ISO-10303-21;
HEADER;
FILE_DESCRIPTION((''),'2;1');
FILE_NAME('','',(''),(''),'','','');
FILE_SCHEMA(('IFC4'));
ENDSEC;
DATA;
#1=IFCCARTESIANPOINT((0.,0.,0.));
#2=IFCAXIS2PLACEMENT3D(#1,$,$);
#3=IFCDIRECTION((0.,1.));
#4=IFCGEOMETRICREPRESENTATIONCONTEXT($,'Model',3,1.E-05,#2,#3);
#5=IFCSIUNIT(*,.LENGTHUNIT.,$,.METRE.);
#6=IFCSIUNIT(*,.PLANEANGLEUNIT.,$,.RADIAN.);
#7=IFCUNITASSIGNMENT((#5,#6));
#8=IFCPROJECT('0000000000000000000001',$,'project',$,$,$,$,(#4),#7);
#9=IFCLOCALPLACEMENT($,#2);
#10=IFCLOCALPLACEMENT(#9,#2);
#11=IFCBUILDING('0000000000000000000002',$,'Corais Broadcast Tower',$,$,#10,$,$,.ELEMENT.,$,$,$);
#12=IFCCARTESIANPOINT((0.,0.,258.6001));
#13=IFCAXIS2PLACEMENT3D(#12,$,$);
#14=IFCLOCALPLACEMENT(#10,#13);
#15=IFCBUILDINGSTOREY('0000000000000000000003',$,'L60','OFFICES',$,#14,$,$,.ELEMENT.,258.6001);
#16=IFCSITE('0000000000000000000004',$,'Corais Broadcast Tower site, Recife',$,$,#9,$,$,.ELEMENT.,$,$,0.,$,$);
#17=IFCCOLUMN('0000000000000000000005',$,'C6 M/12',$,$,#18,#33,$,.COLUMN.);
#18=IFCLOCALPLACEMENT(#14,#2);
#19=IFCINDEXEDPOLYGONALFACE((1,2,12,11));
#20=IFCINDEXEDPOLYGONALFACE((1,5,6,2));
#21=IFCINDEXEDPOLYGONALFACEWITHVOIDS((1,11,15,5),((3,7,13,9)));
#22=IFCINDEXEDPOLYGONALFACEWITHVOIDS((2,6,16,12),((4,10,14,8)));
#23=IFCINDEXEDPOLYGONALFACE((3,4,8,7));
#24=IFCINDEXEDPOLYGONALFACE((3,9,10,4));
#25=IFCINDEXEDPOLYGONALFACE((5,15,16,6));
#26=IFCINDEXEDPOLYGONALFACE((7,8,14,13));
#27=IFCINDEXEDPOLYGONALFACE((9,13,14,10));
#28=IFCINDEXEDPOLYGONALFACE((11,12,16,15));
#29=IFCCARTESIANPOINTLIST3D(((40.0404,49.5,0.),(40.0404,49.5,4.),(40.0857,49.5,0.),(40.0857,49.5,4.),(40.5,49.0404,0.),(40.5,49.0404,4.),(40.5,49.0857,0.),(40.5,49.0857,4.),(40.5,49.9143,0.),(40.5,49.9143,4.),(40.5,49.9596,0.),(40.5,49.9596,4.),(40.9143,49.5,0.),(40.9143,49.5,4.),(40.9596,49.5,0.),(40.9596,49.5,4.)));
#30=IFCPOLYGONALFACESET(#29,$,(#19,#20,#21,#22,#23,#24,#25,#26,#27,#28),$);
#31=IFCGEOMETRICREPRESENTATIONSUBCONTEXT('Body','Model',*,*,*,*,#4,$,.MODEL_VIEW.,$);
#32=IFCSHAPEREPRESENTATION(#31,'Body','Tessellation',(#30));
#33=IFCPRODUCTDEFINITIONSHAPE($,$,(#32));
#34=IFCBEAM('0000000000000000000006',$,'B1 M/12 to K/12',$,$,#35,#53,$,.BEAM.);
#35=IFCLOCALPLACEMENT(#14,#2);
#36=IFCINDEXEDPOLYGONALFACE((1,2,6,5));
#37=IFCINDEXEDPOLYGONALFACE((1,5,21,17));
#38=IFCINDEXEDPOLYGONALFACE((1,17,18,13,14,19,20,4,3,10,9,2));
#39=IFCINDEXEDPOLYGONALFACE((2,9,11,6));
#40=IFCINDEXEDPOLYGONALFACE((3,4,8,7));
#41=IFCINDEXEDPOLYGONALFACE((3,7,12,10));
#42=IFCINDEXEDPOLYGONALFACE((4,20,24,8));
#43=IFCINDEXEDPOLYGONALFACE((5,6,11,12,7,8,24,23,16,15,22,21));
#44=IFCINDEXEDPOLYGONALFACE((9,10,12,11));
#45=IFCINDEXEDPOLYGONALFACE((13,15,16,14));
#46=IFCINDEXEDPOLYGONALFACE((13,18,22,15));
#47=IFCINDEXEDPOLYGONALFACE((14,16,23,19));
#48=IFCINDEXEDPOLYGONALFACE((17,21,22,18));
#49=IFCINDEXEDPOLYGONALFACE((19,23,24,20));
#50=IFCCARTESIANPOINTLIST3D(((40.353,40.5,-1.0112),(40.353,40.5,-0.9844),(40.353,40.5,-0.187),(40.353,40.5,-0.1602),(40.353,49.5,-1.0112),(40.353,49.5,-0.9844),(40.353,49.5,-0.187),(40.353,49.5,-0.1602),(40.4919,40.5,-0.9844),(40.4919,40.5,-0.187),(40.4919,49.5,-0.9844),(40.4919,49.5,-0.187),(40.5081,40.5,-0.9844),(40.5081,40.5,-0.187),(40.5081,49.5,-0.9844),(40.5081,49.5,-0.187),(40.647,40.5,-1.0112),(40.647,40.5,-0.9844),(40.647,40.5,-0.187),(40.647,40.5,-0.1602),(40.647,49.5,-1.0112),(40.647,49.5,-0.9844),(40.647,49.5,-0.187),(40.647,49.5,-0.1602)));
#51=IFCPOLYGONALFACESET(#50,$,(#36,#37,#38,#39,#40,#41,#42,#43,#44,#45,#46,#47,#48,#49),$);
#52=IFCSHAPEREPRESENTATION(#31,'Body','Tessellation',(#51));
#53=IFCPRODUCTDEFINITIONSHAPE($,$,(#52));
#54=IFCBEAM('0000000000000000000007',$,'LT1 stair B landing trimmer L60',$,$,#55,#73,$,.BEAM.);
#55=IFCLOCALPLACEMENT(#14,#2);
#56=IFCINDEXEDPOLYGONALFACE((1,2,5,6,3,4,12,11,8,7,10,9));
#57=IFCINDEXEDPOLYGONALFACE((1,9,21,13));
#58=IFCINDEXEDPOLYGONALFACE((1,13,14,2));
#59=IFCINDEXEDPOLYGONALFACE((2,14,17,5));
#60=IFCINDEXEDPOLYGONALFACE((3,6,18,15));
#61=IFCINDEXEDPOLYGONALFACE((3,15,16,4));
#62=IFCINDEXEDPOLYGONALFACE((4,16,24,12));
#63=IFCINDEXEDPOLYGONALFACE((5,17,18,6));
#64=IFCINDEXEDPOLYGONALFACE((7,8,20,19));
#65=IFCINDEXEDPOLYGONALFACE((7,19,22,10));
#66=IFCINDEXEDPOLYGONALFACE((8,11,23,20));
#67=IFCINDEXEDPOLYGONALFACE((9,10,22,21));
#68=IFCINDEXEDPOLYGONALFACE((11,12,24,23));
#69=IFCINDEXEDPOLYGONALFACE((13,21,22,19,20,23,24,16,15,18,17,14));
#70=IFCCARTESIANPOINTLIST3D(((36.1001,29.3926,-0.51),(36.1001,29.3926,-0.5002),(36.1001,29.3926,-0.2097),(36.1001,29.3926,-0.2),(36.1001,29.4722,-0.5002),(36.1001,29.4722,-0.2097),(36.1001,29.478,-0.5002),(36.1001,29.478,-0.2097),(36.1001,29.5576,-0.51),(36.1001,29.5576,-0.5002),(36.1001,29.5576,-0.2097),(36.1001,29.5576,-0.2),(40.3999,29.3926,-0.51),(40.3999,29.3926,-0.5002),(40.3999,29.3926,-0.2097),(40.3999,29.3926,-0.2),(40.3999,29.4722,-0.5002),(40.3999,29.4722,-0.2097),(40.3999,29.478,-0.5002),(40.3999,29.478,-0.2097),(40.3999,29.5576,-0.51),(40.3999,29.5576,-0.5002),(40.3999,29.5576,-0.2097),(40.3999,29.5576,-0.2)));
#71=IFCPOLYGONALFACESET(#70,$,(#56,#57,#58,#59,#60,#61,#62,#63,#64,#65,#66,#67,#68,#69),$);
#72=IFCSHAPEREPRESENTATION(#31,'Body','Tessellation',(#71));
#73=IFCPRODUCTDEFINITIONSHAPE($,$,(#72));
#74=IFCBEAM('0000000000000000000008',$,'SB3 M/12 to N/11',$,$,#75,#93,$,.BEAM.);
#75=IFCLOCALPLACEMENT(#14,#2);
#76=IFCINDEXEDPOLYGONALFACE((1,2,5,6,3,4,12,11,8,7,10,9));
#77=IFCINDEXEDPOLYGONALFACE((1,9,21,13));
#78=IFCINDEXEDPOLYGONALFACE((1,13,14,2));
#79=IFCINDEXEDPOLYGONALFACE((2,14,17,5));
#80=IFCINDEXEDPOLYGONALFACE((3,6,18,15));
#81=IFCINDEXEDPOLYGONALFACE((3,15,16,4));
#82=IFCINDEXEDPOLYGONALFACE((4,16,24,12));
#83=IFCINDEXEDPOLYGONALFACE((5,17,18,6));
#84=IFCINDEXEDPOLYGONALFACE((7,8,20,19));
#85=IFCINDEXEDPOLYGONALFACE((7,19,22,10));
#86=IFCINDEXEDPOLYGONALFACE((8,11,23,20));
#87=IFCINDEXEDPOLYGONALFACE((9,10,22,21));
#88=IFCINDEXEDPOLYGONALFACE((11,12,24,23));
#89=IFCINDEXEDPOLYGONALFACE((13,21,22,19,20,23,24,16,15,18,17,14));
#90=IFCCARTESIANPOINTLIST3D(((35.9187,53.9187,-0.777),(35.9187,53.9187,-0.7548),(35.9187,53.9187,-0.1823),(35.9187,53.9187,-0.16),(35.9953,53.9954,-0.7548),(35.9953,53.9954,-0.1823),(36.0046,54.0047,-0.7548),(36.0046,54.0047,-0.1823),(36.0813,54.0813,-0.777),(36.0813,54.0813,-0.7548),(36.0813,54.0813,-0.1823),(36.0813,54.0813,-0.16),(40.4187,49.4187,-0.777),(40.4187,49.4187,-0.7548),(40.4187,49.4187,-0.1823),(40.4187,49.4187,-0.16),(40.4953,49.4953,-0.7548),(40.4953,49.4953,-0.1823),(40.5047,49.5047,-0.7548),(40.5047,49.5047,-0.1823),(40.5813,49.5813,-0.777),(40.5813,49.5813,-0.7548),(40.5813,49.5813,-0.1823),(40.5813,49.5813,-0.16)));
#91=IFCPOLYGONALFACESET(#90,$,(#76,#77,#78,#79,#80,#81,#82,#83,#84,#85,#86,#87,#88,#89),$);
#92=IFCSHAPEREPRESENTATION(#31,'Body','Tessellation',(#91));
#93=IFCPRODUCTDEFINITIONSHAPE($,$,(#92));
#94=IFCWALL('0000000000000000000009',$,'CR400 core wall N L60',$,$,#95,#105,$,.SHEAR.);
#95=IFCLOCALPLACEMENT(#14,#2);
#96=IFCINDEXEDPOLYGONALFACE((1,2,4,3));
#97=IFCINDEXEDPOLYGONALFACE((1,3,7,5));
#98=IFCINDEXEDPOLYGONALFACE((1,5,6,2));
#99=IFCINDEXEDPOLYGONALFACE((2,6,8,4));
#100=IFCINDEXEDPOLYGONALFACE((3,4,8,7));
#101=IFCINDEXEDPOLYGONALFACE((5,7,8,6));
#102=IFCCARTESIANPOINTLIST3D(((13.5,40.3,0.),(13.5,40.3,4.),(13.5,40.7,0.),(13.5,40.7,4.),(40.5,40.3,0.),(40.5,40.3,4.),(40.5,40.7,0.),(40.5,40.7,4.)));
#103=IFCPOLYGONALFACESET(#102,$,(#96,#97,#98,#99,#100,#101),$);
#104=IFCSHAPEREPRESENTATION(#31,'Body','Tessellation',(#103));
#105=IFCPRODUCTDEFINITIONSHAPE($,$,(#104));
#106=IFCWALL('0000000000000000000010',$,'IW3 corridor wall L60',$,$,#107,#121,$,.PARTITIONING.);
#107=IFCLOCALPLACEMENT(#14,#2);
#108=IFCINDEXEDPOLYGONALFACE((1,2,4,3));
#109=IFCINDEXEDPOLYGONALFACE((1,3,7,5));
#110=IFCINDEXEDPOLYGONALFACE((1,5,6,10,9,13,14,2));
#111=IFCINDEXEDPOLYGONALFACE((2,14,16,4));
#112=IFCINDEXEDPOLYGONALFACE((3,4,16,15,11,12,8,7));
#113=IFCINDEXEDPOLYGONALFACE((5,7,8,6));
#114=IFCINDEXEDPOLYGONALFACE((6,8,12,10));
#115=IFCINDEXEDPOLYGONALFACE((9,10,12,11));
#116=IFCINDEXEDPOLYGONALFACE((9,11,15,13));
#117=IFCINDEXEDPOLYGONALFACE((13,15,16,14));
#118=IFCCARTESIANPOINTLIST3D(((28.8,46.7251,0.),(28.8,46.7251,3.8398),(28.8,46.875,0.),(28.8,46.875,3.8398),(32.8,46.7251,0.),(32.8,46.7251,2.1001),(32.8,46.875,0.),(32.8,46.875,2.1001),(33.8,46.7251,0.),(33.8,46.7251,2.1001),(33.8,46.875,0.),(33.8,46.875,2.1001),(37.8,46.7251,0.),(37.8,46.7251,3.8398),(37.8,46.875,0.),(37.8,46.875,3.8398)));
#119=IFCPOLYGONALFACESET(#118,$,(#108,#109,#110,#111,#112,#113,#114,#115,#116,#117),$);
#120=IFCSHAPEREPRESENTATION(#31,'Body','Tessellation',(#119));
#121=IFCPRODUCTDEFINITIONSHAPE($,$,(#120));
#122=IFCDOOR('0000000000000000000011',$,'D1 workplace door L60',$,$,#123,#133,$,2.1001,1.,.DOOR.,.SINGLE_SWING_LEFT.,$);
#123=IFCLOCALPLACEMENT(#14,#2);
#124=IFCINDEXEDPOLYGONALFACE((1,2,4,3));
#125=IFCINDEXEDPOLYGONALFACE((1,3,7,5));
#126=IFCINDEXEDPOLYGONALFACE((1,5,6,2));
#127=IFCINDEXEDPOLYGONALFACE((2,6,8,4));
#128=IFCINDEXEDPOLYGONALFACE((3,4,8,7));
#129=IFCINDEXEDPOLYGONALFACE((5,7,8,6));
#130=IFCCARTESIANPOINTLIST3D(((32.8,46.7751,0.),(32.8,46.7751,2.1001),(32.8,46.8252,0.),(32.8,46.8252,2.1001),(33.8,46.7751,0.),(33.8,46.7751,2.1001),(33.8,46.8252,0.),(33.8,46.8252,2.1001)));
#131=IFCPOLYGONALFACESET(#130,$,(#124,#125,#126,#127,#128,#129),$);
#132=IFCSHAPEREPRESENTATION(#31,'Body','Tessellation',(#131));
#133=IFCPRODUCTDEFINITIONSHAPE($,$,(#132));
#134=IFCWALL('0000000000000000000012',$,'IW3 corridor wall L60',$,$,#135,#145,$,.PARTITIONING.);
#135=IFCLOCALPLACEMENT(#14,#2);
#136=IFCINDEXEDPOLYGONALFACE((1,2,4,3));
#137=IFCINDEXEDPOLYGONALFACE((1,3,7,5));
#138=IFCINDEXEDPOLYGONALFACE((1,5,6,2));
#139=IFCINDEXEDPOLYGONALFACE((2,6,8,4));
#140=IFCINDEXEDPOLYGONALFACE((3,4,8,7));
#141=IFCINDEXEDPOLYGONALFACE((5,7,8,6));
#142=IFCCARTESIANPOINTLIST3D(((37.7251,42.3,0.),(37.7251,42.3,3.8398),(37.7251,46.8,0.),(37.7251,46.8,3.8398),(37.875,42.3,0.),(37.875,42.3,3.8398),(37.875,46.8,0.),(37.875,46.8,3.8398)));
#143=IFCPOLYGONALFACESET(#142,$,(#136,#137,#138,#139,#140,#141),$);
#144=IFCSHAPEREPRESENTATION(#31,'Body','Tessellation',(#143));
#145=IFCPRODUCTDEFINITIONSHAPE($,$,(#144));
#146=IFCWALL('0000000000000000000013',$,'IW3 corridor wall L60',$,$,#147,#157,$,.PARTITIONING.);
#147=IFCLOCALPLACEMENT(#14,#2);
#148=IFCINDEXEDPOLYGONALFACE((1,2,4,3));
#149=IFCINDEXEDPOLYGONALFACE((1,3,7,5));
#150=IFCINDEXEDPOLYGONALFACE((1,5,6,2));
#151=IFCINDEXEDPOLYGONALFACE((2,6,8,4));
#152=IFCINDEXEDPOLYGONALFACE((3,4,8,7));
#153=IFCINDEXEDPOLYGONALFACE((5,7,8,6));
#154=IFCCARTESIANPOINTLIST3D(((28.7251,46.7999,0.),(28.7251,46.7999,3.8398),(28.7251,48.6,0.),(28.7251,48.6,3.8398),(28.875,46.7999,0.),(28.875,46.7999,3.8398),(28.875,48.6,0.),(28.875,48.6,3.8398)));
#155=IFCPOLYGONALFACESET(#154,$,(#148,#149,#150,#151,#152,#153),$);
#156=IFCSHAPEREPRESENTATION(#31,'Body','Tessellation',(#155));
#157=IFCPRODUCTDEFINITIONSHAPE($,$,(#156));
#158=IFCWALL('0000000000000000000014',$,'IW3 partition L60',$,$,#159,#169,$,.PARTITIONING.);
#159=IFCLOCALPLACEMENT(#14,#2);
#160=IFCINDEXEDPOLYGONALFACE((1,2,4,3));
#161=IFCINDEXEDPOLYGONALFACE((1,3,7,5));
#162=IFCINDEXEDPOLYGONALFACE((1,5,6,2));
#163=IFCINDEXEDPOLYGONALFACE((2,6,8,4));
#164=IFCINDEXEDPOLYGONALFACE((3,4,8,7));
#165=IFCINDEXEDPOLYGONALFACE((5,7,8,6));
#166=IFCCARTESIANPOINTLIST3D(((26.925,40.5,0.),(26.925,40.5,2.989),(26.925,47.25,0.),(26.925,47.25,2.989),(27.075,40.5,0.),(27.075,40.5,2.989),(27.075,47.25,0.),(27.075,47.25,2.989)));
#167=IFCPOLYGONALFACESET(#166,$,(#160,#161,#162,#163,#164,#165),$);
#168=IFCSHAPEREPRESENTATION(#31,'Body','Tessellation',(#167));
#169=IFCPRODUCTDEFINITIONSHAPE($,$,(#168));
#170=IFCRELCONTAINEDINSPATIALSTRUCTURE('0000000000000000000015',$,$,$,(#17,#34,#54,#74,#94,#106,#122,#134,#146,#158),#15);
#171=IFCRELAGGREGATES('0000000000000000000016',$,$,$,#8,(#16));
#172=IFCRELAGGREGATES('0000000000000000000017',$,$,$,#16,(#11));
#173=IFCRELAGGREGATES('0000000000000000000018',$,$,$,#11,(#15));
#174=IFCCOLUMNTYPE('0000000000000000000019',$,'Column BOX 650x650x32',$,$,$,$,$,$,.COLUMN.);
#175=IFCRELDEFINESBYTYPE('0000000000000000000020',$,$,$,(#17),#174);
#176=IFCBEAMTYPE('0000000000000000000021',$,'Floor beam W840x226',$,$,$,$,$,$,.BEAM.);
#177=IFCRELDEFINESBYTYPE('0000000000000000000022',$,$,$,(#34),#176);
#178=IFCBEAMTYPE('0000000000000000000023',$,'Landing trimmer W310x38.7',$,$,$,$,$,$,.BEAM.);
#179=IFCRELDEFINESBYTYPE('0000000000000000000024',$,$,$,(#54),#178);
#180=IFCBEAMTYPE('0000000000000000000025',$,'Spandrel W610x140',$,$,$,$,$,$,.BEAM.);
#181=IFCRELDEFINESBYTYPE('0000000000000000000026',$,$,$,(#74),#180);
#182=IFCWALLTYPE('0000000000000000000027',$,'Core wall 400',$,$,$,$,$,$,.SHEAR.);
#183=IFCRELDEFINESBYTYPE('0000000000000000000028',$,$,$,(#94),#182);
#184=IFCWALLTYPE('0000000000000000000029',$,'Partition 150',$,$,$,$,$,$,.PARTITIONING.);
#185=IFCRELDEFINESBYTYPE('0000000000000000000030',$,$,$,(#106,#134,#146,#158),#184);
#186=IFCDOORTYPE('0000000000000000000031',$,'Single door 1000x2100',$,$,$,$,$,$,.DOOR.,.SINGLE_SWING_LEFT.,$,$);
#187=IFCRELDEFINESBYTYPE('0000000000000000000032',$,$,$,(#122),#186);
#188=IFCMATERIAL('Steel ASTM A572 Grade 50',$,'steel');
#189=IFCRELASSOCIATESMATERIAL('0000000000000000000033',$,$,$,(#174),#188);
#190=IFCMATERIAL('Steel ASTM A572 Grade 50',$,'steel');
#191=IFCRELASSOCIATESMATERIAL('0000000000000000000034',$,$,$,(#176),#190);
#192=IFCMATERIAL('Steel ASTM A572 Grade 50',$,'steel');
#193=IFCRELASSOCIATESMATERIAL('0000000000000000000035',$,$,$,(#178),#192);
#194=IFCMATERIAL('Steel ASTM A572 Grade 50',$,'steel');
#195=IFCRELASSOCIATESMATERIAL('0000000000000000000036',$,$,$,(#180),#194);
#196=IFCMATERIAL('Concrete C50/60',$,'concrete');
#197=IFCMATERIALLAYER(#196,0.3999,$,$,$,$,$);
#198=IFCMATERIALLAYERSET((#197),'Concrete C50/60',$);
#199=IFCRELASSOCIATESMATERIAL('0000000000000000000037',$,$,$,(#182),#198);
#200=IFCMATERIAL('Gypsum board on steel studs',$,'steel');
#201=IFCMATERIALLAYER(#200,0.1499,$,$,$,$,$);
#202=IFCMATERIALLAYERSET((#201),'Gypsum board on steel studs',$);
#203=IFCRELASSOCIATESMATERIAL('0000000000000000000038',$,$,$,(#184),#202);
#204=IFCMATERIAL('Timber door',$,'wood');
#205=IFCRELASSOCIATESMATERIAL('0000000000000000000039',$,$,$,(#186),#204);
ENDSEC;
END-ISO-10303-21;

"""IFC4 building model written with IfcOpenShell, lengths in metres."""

from ifc_helpers import new_model, si_unit, direction, frame, frame_2d, origin, origin_2d, place, context, subcontext, project, spatial, rectangle, hollow_rectangle, i_section, extrude, material, layer, layer_set, material_profile, profile_set, type_object, element, fill, save


model = new_model("IFC4")

# Units and contexts
model_context = context("Model", 3, precision=1e-05, world=origin(), true_north=direction((0.0, 1.0)))
body_context = subcontext(model_context, "Body", "Model", "MODEL_VIEW")
ifc_project = project(units=[si_unit("LENGTHUNIT", "METRE"), si_unit("PLANEANGLEUNIT", "RADIAN")], contexts=[model_context])

# Site, building, storey
site_placement = place(None, origin())
site = spatial("IfcSite", under=ifc_project, at=site_placement, Name="Corais Broadcast Tower site, Recife", CompositionType="ELEMENT", RefElevation=0.0)
building_placement = place(site_placement, origin())
building = spatial("IfcBuilding", under=site, at=building_placement, Name="Corais Broadcast Tower", CompositionType="ELEMENT")
storey_placement = place(building_placement, frame((0.0, 0.0, 258.6001)))
storey = spatial("IfcBuildingStorey", under=building, at=storey_placement, Name="L60", Description="OFFICES", CompositionType="ELEMENT", Elevation=258.6001)

# Column
ifc_material_1 = material(Name="Steel ASTM A572 Grade 50", Category="steel")
ifc_material_profile_1 = material_profile(ifc_material_1, hollow_rectangle(XDim=0.6499, YDim=0.6499, WallThickness=0.032, at=origin_2d()), Name="BOX 650x650x32")
ifc_profile_set_1 = profile_set([ifc_material_profile_1], Name="Steel ASTM A572 Grade 50")
column_type = type_object("IfcColumnType", Name="Column BOX 650x650x32", PredefinedType="COLUMN", material=ifc_profile_set_1)
column_placement = place(storey_placement, frame((40.5, 49.5, 0.0), z_axis=(0.0, 0.0, 1.0), x_axis=(0.707107, 0.707107, 0.0)))
element("IfcColumn", 1, at=column_placement, inside=storey, type_object=column_type, Name="C6 M/12", PredefinedType="COLUMN", context=body_context, shape_type="SweptSolid", body=[
    extrude(hollow_rectangle(XDim=0.6499, YDim=0.6499, WallThickness=0.032, at=origin_2d()), origin(), (0.0, 0.0, 1.0), 4.0),
])

# Beams
ifc_material_2 = material(Name="Steel ASTM A572 Grade 50", Category="steel")
ifc_material_profile_2 = material_profile(ifc_material_2, i_section(OverallWidth=0.2939, OverallDepth=0.8511, WebThickness=0.0161, FlangeThickness=0.0269, at=origin_2d()), Name="W840x226")
ifc_profile_set_2 = profile_set([ifc_material_profile_2], Name="Steel ASTM A572 Grade 50")
beam_type_1 = type_object("IfcBeamType", Name="Floor beam W840x226", PredefinedType="BEAM", material=ifc_profile_set_2)
beam_1_placement = place(storey_placement, frame((40.5, 49.5, -0.5857), z_axis=(0.0, -1.0, 0.0), x_axis=(1.0, 0.0, 0.0)))
element("IfcBeam", 2, at=beam_1_placement, inside=storey, type_object=beam_type_1, Name="B1 M/12 to K/12", PredefinedType="BEAM", context=body_context, shape_type="SweptSolid", body=[
    extrude(i_section(OverallWidth=0.2939, OverallDepth=0.8511, WebThickness=0.0161, FlangeThickness=0.0269, at=origin_2d()), origin(), (0.0, 0.0, 1.0), 9.0),
])
ifc_material_3 = material(Name="Steel ASTM A572 Grade 50", Category="steel")
ifc_material_profile_3 = material_profile(ifc_material_3, i_section(OverallWidth=0.165, OverallDepth=0.3101, WebThickness=0.0059, FlangeThickness=0.0098, at=origin_2d()), Name="W310x38.7")
ifc_profile_set_3 = profile_set([ifc_material_profile_3], Name="Steel ASTM A572 Grade 50")
beam_type_2 = type_object("IfcBeamType", Name="Landing trimmer W310x38.7", PredefinedType="BEAM", material=ifc_profile_set_3)
beam_2_placement = place(storey_placement, frame((36.1001, 29.4751, -0.355), z_axis=(1.0, 0.0, 0.0), x_axis=(0.0, 1.0, 0.0)))
element("IfcBeam", 3, at=beam_2_placement, inside=storey, type_object=beam_type_2, Name="LT1 stair B landing trimmer L60", PredefinedType="BEAM", context=body_context, shape_type="SweptSolid", body=[
    extrude(i_section(OverallWidth=0.165, OverallDepth=0.3101, WebThickness=0.0059, FlangeThickness=0.0098, at=origin_2d()), origin(), (0.0, 0.0, 1.0), 4.2998),
])
ifc_material_4 = material(Name="Steel ASTM A572 Grade 50", Category="steel")
ifc_material_profile_4 = material_profile(ifc_material_4, i_section(OverallWidth=0.23, OverallDepth=0.6169, WebThickness=0.0132, FlangeThickness=0.0222, at=origin_2d()), Name="W610x140")
ifc_profile_set_4 = profile_set([ifc_material_profile_4], Name="Steel ASTM A572 Grade 50")
beam_type_3 = type_object("IfcBeamType", Name="Spandrel W610x140", PredefinedType="BEAM", material=ifc_profile_set_4)
beam_3_placement = place(storey_placement, frame((40.5, 49.5, -0.4685), z_axis=(-0.707107, 0.707107, 0.0), x_axis=(-0.707107, -0.707107, 0.0)))
element("IfcBeam", 4, at=beam_3_placement, inside=storey, type_object=beam_type_3, Name="SB3 M/12 to N/11", PredefinedType="BEAM", context=body_context, shape_type="SweptSolid", body=[
    extrude(i_section(OverallWidth=0.23, OverallDepth=0.6169, WebThickness=0.0132, FlangeThickness=0.0222, at=origin_2d()), origin(), (0.0, 0.0, 1.0), 6.364),
])

# Wall
ifc_material_5 = material(Name="Concrete C50/60", Category="concrete")
ifc_layer_1 = layer(ifc_material_5, 0.3999)
ifc_layer_set_1 = layer_set([ifc_layer_1], Name="Concrete C50/60")
wall_type_1 = type_object("IfcWallType", Name="Core wall 400", PredefinedType="SHEAR", material=ifc_layer_set_1)
wall_1_placement = place(storey_placement, frame((40.5, 40.5, 0.0), z_axis=(0.0, 0.0, 1.0), x_axis=(-1.0, 0.0, 0.0)))
element("IfcWall", 5, at=wall_1_placement, inside=storey, type_object=wall_type_1, Name="CR400 core wall N L60", PredefinedType="SHEAR", context=body_context, shape_type="SweptSolid", body=[
    extrude(rectangle(XDim=27.0, YDim=0.3999, at=frame_2d((13.5, 0.0))), origin(), (0.0, 0.0, 1.0), 4.0),
])

# Wall, opening, door
ifc_material_6 = material(Name="Gypsum board on steel studs", Category="steel")
ifc_layer_2 = layer(ifc_material_6, 0.1499)
ifc_layer_set_2 = layer_set([ifc_layer_2], Name="Gypsum board on steel studs")
wall_type_2 = type_object("IfcWallType", Name="Partition 150", PredefinedType="PARTITIONING", material=ifc_layer_set_2)
wall_2_placement = place(storey_placement, frame((37.8, 46.8, 0.0), z_axis=(0.0, 0.0, 1.0), x_axis=(-1.0, 0.0, 0.0)))
wall_2 = element("IfcWall", 6, at=wall_2_placement, inside=storey, type_object=wall_type_2, Name="IW3 corridor wall L60", PredefinedType="PARTITIONING", context=body_context, shape_type="SweptSolid", body=[
    extrude(rectangle(XDim=9.0, YDim=0.1499, at=frame_2d((4.5, 0.0))), origin(), (0.0, 0.0, 1.0), 3.8398),
])
opening_1_placement = place(wall_2_placement, frame((4.0, 0.0, 0.0)))
opening_1 = element("IfcOpeningElement", 7, at=opening_1_placement, cuts=wall_2, PredefinedType="OPENING", context=body_context, shape_type="SweptSolid", body=[
    extrude(rectangle(XDim=1.0, YDim=2.1001, at=frame_2d((0.5, 1.05))), frame((0.0, 0.085, 0.0), z_axis=(0.0, -1.0, 0.0), x_axis=(1.0, 0.0, 0.0)), (0.0, 0.0, 1.0), 0.1699),
])
ifc_material_7 = material(Name="Timber door", Category="wood")
door_type = type_object("IfcDoorType", Name="Single door 1000x2100", OperationType="SINGLE_SWING_LEFT", PredefinedType="DOOR", material=ifc_material_7)
door_1_placement = place(opening_1_placement, origin())
door_1 = element("IfcDoor", 8, at=door_1_placement, inside=storey, type_object=door_type, Name="D1 workplace door L60", OperationType="SINGLE_SWING_LEFT", OverallHeight=2.1001, OverallWidth=1.0, PredefinedType="DOOR", context=body_context, shape_type="SweptSolid", body=[
    extrude(rectangle(XDim=1.0, YDim=2.1001, at=frame_2d((0.5, 1.05))), frame((0.0, 0.0249, 0.0), z_axis=(0.0, -1.0, 0.0), x_axis=(1.0, 0.0, 0.0)), (0.0, 0.0, 1.0), 0.05),
])
fill(opening_1, door_1)

# Walls
wall_3_placement = place(storey_placement, frame((37.8, 42.3, 0.0), z_axis=(0.0, 0.0, 1.0), x_axis=(0.0, 1.0, 0.0)))
element("IfcWall", 9, at=wall_3_placement, inside=storey, type_object=wall_type_2, Name="IW3 corridor wall L60", PredefinedType="PARTITIONING", context=body_context, shape_type="SweptSolid", body=[
    extrude(rectangle(XDim=4.5, YDim=0.1499, at=frame_2d((2.25, 0.0))), origin(), (0.0, 0.0, 1.0), 3.8398),
])
wall_4_placement = place(storey_placement, frame((28.8, 46.8, 0.0), z_axis=(0.0, 0.0, 1.0), x_axis=(0.0, 1.0, 0.0)))
element("IfcWall", 10, at=wall_4_placement, inside=storey, type_object=wall_type_2, Name="IW3 corridor wall L60", PredefinedType="PARTITIONING", context=body_context, shape_type="SweptSolid", body=[
    extrude(rectangle(XDim=1.8, YDim=0.1499, at=frame_2d((0.8999, 0.0))), origin(), (0.0, 0.0, 1.0), 3.8398),
])
wall_5_placement = place(storey_placement, frame((27.0, 40.5, 0.0), z_axis=(0.0, 0.0, 1.0), x_axis=(0.0, 1.0, 0.0)))
element("IfcWall", 11, at=wall_5_placement, inside=storey, type_object=wall_type_2, Name="IW3 partition L60", PredefinedType="PARTITIONING", context=body_context, shape_type="SweptSolid", body=[
    extrude(rectangle(XDim=6.75, YDim=0.1499, at=frame_2d((3.375, 0.0))), origin(), (0.0, 0.0, 1.0), 2.989),
])

save(model, "model.ifc")
